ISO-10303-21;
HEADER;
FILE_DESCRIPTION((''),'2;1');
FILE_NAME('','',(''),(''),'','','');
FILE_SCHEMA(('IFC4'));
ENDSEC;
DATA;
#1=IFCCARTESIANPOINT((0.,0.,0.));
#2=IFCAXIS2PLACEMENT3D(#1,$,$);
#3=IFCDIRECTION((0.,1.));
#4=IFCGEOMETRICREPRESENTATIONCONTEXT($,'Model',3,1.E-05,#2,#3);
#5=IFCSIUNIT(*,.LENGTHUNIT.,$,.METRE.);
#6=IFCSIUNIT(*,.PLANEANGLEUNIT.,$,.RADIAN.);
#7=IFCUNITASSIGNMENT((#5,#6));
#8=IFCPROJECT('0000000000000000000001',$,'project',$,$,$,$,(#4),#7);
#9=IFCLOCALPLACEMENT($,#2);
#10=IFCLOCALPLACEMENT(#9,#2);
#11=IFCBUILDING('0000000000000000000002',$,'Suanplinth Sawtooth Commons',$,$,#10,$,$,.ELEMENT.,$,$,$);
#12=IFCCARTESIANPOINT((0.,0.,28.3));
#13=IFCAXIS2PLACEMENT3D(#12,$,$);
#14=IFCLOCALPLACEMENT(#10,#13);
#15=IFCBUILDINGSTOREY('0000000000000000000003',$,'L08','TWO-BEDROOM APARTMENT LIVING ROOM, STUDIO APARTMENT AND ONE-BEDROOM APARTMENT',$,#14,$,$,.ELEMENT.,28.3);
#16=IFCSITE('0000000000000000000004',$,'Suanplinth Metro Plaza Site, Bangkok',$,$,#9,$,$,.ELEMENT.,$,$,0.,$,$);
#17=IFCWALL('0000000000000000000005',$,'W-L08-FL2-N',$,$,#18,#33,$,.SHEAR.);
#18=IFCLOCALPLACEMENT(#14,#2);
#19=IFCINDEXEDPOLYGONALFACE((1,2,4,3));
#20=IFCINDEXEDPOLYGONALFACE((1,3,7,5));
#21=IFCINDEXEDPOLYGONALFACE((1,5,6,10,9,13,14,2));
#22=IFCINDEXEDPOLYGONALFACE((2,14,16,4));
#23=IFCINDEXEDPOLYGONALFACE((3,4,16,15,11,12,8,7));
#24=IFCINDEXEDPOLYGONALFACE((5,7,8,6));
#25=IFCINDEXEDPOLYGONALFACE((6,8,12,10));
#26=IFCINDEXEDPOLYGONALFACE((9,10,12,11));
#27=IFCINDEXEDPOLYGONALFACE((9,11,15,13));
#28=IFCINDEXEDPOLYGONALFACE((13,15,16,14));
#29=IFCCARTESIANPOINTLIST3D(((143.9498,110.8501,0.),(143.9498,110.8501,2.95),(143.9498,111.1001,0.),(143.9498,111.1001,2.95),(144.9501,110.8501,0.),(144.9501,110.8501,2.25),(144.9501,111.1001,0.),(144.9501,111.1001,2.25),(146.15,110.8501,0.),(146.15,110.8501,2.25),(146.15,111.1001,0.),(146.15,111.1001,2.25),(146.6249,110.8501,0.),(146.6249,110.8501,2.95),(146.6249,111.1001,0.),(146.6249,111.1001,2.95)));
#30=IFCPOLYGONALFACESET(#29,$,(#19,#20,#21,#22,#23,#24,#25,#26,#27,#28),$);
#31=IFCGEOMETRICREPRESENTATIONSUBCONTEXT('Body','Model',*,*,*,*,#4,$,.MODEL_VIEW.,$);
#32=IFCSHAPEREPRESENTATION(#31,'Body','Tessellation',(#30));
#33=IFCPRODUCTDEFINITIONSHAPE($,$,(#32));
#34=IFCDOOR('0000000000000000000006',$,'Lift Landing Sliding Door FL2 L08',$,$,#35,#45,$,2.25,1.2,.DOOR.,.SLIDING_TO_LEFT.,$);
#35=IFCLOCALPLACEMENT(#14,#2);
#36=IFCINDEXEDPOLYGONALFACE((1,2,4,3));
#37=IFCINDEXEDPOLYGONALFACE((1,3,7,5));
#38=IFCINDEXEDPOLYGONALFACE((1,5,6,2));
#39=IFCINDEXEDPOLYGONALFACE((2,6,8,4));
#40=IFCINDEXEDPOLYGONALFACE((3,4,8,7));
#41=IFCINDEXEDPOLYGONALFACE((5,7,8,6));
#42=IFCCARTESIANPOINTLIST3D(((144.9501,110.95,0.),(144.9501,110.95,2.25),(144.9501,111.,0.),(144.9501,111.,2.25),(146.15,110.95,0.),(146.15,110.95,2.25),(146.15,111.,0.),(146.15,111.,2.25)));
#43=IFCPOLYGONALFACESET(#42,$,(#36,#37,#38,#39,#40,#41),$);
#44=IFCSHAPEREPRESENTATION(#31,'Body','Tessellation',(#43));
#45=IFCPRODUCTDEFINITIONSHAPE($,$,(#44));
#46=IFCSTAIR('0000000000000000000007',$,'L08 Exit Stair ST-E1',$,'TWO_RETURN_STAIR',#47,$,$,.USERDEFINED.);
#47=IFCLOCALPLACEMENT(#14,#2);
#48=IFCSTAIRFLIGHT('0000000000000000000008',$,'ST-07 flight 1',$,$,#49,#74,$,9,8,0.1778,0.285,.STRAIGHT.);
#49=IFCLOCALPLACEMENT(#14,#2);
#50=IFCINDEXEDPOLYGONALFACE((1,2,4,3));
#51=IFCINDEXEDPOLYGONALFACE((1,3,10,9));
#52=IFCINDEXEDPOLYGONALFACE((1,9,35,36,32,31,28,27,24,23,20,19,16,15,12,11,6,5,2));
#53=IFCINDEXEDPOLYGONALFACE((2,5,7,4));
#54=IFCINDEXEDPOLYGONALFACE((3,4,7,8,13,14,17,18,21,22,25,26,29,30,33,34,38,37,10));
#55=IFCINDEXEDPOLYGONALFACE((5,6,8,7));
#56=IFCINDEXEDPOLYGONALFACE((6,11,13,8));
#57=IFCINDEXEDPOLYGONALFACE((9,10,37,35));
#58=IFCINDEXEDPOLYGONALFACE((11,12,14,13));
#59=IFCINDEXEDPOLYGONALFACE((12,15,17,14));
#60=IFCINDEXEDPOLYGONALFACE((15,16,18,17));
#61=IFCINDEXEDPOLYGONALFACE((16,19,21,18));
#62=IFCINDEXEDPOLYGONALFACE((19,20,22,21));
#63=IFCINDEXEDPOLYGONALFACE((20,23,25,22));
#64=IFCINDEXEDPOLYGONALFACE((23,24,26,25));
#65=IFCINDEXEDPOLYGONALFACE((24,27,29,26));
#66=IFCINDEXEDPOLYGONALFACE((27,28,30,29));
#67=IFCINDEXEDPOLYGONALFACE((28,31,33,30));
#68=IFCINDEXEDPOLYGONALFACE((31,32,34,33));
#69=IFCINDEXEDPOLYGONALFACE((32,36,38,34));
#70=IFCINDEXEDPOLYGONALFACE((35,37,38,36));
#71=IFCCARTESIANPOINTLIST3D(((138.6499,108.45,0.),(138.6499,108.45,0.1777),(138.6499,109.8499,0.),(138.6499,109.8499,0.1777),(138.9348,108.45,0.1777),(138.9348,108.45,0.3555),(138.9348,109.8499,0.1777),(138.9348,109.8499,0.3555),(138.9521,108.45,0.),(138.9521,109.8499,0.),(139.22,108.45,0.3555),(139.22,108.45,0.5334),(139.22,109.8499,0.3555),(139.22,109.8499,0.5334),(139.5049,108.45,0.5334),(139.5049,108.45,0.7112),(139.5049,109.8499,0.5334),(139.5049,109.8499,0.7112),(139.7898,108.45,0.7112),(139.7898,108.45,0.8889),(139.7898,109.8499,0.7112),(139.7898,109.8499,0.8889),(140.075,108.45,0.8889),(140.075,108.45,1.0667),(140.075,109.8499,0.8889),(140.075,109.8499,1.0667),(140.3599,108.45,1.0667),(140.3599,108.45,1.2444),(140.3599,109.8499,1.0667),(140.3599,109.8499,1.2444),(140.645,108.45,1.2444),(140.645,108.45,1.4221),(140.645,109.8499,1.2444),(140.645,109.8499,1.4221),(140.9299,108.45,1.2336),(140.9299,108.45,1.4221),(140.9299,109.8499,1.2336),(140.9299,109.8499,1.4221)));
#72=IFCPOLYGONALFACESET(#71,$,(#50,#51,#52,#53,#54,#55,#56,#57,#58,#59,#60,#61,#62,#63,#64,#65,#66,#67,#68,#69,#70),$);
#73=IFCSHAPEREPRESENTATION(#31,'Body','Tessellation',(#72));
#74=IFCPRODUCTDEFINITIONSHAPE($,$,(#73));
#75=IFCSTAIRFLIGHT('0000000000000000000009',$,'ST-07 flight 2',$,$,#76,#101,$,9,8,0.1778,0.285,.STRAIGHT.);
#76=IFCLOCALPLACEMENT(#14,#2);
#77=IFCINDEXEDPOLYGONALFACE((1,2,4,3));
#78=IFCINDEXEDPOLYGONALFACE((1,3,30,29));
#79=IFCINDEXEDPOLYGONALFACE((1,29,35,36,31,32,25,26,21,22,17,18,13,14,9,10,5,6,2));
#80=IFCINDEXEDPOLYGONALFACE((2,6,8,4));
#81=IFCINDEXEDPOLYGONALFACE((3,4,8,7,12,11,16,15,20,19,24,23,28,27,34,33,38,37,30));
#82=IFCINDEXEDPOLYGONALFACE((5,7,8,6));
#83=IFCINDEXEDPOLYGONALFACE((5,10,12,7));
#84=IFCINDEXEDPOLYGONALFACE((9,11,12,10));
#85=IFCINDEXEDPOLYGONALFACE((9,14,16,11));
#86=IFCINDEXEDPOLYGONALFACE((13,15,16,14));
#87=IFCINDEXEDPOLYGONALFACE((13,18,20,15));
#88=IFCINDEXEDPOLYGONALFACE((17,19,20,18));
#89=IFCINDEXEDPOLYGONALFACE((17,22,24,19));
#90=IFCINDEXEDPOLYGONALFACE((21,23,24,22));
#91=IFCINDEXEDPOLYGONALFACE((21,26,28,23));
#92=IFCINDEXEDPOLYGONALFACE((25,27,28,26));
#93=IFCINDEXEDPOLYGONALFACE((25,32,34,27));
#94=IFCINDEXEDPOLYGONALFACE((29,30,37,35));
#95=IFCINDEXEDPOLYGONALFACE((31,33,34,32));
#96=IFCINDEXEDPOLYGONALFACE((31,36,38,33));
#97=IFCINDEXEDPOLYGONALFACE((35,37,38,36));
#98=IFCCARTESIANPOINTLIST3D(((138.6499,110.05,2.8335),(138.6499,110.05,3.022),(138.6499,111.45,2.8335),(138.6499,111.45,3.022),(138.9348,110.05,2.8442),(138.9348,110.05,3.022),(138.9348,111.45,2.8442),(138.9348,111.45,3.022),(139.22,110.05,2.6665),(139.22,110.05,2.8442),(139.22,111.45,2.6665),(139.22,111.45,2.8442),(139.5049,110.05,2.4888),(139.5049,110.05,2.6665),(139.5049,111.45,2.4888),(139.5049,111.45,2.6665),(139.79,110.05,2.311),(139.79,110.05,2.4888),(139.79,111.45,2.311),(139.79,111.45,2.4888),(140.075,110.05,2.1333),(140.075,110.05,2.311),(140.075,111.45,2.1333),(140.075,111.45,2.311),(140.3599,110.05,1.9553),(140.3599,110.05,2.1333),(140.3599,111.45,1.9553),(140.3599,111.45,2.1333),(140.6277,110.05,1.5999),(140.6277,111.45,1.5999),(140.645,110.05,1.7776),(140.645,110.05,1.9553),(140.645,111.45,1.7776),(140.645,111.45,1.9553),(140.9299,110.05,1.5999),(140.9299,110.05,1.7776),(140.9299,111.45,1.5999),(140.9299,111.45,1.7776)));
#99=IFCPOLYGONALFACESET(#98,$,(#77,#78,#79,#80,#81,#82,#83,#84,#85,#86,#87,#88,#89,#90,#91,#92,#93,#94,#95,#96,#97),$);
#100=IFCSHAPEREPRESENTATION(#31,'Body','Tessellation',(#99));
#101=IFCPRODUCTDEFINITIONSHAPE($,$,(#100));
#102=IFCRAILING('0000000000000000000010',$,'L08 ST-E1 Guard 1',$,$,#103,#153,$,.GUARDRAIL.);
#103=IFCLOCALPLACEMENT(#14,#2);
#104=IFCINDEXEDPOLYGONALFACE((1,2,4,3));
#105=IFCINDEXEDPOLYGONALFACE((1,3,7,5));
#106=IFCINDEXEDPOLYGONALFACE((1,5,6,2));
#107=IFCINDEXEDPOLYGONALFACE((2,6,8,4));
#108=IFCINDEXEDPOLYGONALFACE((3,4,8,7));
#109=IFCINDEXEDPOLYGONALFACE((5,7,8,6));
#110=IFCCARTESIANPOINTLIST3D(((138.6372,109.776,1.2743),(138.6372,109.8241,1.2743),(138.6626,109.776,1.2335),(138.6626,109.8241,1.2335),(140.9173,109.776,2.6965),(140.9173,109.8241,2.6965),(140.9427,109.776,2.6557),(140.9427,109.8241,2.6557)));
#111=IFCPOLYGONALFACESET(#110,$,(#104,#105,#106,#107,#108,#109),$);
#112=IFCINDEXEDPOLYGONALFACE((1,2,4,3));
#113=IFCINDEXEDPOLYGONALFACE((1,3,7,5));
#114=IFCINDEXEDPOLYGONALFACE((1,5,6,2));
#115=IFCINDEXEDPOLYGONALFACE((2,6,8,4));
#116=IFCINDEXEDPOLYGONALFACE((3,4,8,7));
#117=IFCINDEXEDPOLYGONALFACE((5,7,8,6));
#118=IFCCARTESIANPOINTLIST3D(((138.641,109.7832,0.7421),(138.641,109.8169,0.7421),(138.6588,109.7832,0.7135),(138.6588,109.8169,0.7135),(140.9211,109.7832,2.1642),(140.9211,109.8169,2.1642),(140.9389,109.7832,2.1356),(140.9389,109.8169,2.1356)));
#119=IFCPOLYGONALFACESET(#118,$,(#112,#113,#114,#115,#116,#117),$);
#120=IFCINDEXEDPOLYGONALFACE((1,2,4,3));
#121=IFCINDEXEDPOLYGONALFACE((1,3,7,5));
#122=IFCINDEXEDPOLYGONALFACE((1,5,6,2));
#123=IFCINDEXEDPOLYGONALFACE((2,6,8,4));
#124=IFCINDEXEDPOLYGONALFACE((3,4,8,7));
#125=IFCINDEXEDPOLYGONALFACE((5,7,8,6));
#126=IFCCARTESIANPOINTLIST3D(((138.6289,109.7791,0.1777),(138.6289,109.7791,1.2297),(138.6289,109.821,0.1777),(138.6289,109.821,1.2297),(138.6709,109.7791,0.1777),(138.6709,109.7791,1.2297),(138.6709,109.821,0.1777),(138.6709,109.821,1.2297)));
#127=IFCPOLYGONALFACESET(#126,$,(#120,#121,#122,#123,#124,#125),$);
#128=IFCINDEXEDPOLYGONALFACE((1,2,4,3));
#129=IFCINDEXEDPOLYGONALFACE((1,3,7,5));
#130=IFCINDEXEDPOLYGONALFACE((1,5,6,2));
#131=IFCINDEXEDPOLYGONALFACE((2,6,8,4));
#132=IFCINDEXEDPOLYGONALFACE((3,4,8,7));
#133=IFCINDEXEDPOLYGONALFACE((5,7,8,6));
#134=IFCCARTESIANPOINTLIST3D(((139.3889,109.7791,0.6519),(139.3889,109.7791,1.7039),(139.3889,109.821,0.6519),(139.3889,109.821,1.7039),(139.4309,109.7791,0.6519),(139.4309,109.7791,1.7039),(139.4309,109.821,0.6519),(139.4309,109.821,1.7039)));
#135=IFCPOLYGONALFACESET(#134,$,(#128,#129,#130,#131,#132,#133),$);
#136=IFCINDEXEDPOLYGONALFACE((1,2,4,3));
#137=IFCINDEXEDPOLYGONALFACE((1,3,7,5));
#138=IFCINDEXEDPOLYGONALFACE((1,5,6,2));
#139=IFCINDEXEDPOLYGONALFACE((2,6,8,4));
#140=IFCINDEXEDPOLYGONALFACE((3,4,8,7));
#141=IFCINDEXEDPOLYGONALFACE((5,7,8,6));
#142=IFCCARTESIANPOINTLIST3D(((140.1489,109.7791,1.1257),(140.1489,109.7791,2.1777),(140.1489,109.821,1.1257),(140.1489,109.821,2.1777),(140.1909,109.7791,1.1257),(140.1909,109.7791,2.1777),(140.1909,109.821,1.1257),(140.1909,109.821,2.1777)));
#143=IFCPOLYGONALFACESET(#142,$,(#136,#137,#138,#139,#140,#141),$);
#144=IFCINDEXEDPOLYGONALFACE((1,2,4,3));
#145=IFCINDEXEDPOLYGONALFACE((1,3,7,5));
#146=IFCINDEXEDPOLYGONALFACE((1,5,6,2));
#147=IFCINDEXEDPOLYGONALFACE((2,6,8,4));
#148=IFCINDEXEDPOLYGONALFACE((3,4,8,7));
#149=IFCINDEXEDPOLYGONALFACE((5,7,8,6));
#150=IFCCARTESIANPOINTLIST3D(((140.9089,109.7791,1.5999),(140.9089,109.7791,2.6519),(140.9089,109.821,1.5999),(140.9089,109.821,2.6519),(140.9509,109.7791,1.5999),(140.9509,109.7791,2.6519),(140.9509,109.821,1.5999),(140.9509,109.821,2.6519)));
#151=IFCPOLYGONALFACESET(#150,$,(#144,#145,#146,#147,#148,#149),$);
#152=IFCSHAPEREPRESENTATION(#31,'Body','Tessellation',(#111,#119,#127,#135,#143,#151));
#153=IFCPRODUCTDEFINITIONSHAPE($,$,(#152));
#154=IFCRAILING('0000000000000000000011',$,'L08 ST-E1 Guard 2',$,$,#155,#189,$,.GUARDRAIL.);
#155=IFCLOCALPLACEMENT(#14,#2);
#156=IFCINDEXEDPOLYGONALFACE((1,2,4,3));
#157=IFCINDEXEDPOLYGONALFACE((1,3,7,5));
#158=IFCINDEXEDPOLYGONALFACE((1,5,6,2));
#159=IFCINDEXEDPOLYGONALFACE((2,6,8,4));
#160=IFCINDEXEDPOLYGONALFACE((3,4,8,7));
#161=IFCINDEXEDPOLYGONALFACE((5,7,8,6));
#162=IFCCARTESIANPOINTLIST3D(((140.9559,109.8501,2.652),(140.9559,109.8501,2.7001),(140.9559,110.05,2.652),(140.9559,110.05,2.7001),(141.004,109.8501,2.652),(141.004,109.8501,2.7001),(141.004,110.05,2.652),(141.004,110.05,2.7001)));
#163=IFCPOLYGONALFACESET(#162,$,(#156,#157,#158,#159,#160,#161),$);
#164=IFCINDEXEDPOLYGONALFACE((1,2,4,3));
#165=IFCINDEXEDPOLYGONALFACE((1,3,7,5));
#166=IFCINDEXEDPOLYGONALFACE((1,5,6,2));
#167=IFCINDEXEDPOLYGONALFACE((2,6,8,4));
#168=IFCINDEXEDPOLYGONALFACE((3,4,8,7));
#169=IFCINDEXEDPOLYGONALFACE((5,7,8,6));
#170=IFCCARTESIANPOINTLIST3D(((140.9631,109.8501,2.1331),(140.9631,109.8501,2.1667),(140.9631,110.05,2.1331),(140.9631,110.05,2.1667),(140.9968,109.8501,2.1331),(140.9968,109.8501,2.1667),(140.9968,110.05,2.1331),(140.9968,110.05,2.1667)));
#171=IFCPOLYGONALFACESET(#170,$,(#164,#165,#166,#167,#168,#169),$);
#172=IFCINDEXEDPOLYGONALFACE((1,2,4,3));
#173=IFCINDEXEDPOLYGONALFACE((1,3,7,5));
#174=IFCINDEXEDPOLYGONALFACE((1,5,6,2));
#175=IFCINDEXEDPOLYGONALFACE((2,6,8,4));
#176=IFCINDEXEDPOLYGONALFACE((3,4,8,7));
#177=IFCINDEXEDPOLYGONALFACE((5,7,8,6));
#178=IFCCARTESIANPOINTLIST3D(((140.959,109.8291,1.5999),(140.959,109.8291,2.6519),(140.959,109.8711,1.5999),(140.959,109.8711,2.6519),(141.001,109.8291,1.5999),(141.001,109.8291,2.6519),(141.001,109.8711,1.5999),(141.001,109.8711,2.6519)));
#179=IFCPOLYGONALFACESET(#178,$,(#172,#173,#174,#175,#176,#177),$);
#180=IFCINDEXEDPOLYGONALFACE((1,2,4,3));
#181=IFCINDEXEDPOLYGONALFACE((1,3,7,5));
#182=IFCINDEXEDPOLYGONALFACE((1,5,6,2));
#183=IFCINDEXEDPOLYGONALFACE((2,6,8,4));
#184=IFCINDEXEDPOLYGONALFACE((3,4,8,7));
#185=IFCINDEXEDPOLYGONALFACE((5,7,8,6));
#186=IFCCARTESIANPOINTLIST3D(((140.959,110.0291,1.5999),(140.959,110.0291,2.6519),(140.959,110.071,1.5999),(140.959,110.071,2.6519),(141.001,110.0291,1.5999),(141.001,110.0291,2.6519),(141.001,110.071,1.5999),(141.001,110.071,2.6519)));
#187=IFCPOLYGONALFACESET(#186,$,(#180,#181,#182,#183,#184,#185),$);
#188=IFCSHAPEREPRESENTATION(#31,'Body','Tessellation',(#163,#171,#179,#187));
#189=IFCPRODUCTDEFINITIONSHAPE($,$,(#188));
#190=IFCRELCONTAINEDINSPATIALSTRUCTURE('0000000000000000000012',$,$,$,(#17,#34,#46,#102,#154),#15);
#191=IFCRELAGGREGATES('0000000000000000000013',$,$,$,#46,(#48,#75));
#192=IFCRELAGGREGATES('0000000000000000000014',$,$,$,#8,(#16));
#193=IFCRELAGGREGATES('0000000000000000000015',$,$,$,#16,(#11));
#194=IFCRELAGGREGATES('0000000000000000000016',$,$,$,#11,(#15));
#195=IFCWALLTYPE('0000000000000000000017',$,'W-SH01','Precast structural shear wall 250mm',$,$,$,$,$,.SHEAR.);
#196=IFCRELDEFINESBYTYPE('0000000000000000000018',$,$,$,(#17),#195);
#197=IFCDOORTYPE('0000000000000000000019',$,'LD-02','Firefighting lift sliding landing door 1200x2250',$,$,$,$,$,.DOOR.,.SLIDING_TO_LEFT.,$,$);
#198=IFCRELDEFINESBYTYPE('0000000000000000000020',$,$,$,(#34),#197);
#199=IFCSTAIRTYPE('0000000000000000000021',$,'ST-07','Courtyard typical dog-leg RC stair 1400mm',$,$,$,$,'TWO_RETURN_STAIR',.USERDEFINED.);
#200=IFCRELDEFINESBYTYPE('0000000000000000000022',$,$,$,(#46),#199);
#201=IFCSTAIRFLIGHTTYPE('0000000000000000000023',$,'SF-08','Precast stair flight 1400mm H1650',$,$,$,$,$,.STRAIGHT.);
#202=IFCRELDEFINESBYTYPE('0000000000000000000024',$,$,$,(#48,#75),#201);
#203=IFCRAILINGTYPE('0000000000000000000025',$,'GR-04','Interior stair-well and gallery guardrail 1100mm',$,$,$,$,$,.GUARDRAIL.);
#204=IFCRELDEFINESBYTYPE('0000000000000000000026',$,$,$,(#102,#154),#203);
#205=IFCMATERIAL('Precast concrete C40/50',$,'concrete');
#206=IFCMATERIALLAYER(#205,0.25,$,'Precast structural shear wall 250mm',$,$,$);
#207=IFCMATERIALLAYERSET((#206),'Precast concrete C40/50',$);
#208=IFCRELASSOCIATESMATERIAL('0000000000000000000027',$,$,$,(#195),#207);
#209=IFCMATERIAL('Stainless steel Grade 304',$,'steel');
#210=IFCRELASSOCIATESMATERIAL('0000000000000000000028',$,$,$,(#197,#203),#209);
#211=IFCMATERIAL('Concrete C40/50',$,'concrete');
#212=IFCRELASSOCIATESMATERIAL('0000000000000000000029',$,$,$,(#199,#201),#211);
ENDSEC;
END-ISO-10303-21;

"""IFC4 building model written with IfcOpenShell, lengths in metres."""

from ifc_helpers import new_model, si_unit, direction, frame, frame_2d, origin, origin_2d, place, context, subcontext, project, spatial, polyline, rectangle, outline, extrude, material, layer, layer_set, type_object, element, fill, aggregate, save


model = new_model("IFC4")

# Units and contexts
model_context = context("Model", 3, precision=1e-05, world=origin(), true_north=direction((0.0, 1.0)))
body_context = subcontext(model_context, "Body", "Model", "MODEL_VIEW")
ifc_project = project(units=[si_unit("LENGTHUNIT", "METRE"), si_unit("PLANEANGLEUNIT", "RADIAN")], contexts=[model_context])

# Site, building, storey
site_placement = place(None, origin())
site = spatial("IfcSite", under=ifc_project, at=site_placement, Name="Suanplinth Metro Plaza Site, Bangkok", CompositionType="ELEMENT", RefElevation=0.0)
building_placement = place(site_placement, origin())
building = spatial("IfcBuilding", under=site, at=building_placement, Name="Suanplinth Sawtooth Commons", CompositionType="ELEMENT")
storey_placement = place(building_placement, frame((0.0, 0.0, 28.3)))
storey = spatial("IfcBuildingStorey", under=building, at=storey_placement, Name="L08", Description="TWO-BEDROOM APARTMENT LIVING ROOM, STUDIO APARTMENT AND ONE-BEDROOM APARTMENT", CompositionType="ELEMENT", Elevation=28.3)

# Shared definitions
ifc_material_1 = material(Name="Concrete C40/50", Category="concrete")

# Shared definitions
ifc_material_2 = material(Name="Precast concrete C40/50", Category="concrete")
ifc_layer_1 = layer(ifc_material_2, 0.25, Name="Precast structural shear wall 250mm")
ifc_layer_set_1 = layer_set([ifc_layer_1], Name="Precast concrete C40/50")
wall_type_1 = type_object("IfcWallType", Name="W-SH01", Description="Precast structural shear wall 250mm", PredefinedType="SHEAR", material=ifc_layer_set_1)

# Wall, opening, door
wall_1_placement = place(storey_placement, frame((143.95, 110.9751, 0.0), z_axis=(0.0, 0.0, 1.0), x_axis=(1.0, 0.0, 0.0)))
wall_1 = element("IfcWall", 1, at=wall_1_placement, inside=storey, type_object=wall_type_1, Name="W-L08-FL2-N", PredefinedType="SHEAR", context=body_context, shape_type="SweptSolid", body=[
    extrude(rectangle(XDim=2.675, YDim=0.25, at=frame_2d((1.3374, 0.0))), origin(), (0.0, 0.0, 1.0), 2.95),
])
opening_1_placement = place(wall_1_placement, frame((1.0, 0.0, 0.0)))
opening_1 = element("IfcOpeningElement", 2, at=opening_1_placement, cuts=wall_1, PredefinedType="OPENING", context=body_context, shape_type="SweptSolid", body=[
    extrude(rectangle(XDim=1.2, YDim=2.25, at=frame_2d((0.6001, 1.125))), frame((0.0, 0.1399, 0.0), z_axis=(0.0, -1.0, 0.0), x_axis=(1.0, 0.0, 0.0)), (0.0, 0.0, 1.0), 0.2798),
])
ifc_material_3 = material(Name="Stainless steel Grade 304", Category="steel")
door_type_1 = type_object("IfcDoorType", Name="LD-02", Description="Firefighting lift sliding landing door 1200x2250", OperationType="SLIDING_TO_LEFT", PredefinedType="DOOR", material=ifc_material_3)
door_1_placement = place(opening_1_placement, origin())
door_1 = element("IfcDoor", 3, at=door_1_placement, inside=storey, type_object=door_type_1, Name="Lift Landing Sliding Door FL2 L08", OperationType="SLIDING_TO_LEFT", OverallHeight=2.25, OverallWidth=1.2, PredefinedType="DOOR", context=body_context, shape_type="SweptSolid", body=[
    extrude(rectangle(XDim=1.2, YDim=2.25, at=frame_2d((0.6001, 1.125))), frame((0.0, 0.0249, 0.0), z_axis=(0.0, -1.0, 0.0), x_axis=(1.0, 0.0, 0.0)), (0.0, 0.0, 1.0), 0.05),
])
fill(opening_1, door_1)

# Stair, stair flights
stair_type = type_object("IfcStairType", Name="ST-07", Description="Courtyard typical dog-leg RC stair 1400mm", ElementType="TWO_RETURN_STAIR", PredefinedType="USERDEFINED", material=ifc_material_1)
stair_placement = place(storey_placement, origin())
stair = element("IfcStair", 4, at=stair_placement, inside=storey, type_object=stair_type, Name="L08 Exit Stair ST-E1", ObjectType="TWO_RETURN_STAIR", PredefinedType="USERDEFINED")
stair_flight_type = type_object("IfcStairFlightType", Name="SF-08", Description="Precast stair flight 1400mm H1650", PredefinedType="STRAIGHT", material=ifc_material_1)
stair_flight_1_placement = place(storey_placement, frame((138.6499, 109.1499, 0.0), z_axis=(0.0, 0.0, 1.0), x_axis=(1.0, 0.0, 0.0)))
stair_flight_1 = element("IfcStairFlight", 5, at=stair_flight_1_placement, type_object=stair_flight_type, Name="ST-07 flight 1", NumberOfRisers=9, NumberOfTreads=8, PredefinedType="STRAIGHT", RiserHeight=0.1778, TreadLength=0.285, context=body_context, shape_type="SweptSolid", body=[
    extrude(outline(polyline([(0.0, 0.0), (0.0, 0.1777), (0.2849, 0.1777), (0.2849, 0.3555), (0.5701, 0.3555), (0.5701, 0.5334), (0.855, 0.5334), (0.855, 0.7112), (1.1399, 0.7112), (1.1399, 0.8889), (1.425, 0.8889), (1.425, 1.0667), (1.71, 1.0667), (1.71, 1.2444), (1.9951, 1.2444), (1.9951, 1.4221), (2.28, 1.4221), (2.28, 1.6001), (2.28, 1.2336), (0.3022, 0.0), (0.0, 0.0)])), frame((0.0, 0.7, 0.0), z_axis=(0.0, -1.0, 0.0), x_axis=(1.0, 0.0, 0.0)), (0.0, 0.0, 1.0), 1.3999),
])
stair_flight_2_placement = place(storey_placement, frame((140.9299, 110.75, 1.5999), z_axis=(0.0, 0.0, 1.0), x_axis=(-1.0, 0.0, 0.0)))
stair_flight_2 = element("IfcStairFlight", 6, at=stair_flight_2_placement, type_object=stair_flight_type, Name="ST-07 flight 2", NumberOfRisers=9, NumberOfTreads=8, PredefinedType="STRAIGHT", RiserHeight=0.1778, TreadLength=0.285, context=body_context, shape_type="SweptSolid", body=[
    extrude(outline(polyline([(0.0, 0.0), (0.0, 0.1777), (0.2849, 0.1777), (0.2849, 0.3555), (0.5701, 0.3555), (0.5701, 0.5334), (0.855, 0.5334), (0.855, 0.7112), (1.1399, 0.7112), (1.1399, 0.8889), (1.425, 0.8889), (1.425, 1.0667), (1.71, 1.0667), (1.71, 1.2444), (1.9951, 1.2444), (1.9951, 1.4221), (2.28, 1.4221), (2.28, 1.6001), (2.28, 1.2336), (0.3022, 0.0), (0.0, 0.0)])), frame((0.0, 0.7, 0.0), z_axis=(0.0, -1.0, 0.0), x_axis=(1.0, 0.0, 0.0)), (0.0, 0.0, 1.0), 1.3999),
])
aggregate(stair, [stair_flight_1, stair_flight_2])

# Railings
railing_type_1 = type_object("IfcRailingType", Name="GR-04", Description="Interior stair-well and gallery guardrail 1100mm", PredefinedType="GUARDRAIL", material=ifc_material_3)
railing_1_placement = place(storey_placement, frame((138.6499, 109.8, 0.1777)))
element("IfcRailing", 7, at=railing_1_placement, inside=storey, type_object=railing_type_1, Name="L08 ST-E1 Guard 1", PredefinedType="GUARDRAIL", context=body_context, shape_type="SweptSolid", body=[
    extrude(rectangle(XDim=0.0481, YDim=0.0481, at=origin_2d()), frame((0.0, 0.0, 1.0762), z_axis=(0.848483, 0.0, 0.529223), x_axis=(0.0, 1.0, 0.0)), (0.0, 0.0, 1.0), 2.6873),
    extrude(rectangle(XDim=0.0337, YDim=0.0337, at=origin_2d()), frame((0.0, 0.0, 0.55), z_axis=(0.848483, 0.0, 0.529223), x_axis=(0.0, 1.0, 0.0)), (0.0, 0.0, 1.0), 2.6873),
    extrude(rectangle(XDim=0.042, YDim=0.042, at=origin_2d()), origin(), (0.0, 0.0, 1.0), 1.052),
    extrude(rectangle(XDim=0.042, YDim=0.042, at=origin_2d()), frame((0.76, 0.0, 0.4741)), (0.0, 0.0, 1.0), 1.052),
    extrude(rectangle(XDim=0.042, YDim=0.042, at=origin_2d()), frame((1.52, 0.0, 0.948)), (0.0, 0.0, 1.0), 1.052),
    extrude(rectangle(XDim=0.042, YDim=0.042, at=origin_2d()), frame((2.28, 0.0, 1.4221)), (0.0, 0.0, 1.0), 1.052),
])
railing_2_placement = place(storey_placement, frame((140.98, 109.8501, 1.5999)))
element("IfcRailing", 8, at=railing_2_placement, inside=storey, type_object=railing_type_1, Name="L08 ST-E1 Guard 2", PredefinedType="GUARDRAIL", context=body_context, shape_type="SweptSolid", body=[
    extrude(rectangle(XDim=0.0481, YDim=0.0481, at=origin_2d()), frame((0.0, 0.0, 1.0762), z_axis=(0.0, 1.0, 0.0), x_axis=(-1.0, 0.0, 0.0)), (0.0, 0.0, 1.0), 0.2),
    extrude(rectangle(XDim=0.0337, YDim=0.0337, at=origin_2d()), frame((0.0, 0.0, 0.55), z_axis=(0.0, 1.0, 0.0), x_axis=(-1.0, 0.0, 0.0)), (0.0, 0.0, 1.0), 0.2),
    extrude(rectangle(XDim=0.042, YDim=0.042, at=origin_2d()), origin(), (0.0, 0.0, 1.0), 1.052),
    extrude(rectangle(XDim=0.042, YDim=0.042, at=origin_2d()), frame((0.0, 0.2, 0.0)), (0.0, 0.0, 1.0), 1.052),
])

save(model, "model.ifc")
